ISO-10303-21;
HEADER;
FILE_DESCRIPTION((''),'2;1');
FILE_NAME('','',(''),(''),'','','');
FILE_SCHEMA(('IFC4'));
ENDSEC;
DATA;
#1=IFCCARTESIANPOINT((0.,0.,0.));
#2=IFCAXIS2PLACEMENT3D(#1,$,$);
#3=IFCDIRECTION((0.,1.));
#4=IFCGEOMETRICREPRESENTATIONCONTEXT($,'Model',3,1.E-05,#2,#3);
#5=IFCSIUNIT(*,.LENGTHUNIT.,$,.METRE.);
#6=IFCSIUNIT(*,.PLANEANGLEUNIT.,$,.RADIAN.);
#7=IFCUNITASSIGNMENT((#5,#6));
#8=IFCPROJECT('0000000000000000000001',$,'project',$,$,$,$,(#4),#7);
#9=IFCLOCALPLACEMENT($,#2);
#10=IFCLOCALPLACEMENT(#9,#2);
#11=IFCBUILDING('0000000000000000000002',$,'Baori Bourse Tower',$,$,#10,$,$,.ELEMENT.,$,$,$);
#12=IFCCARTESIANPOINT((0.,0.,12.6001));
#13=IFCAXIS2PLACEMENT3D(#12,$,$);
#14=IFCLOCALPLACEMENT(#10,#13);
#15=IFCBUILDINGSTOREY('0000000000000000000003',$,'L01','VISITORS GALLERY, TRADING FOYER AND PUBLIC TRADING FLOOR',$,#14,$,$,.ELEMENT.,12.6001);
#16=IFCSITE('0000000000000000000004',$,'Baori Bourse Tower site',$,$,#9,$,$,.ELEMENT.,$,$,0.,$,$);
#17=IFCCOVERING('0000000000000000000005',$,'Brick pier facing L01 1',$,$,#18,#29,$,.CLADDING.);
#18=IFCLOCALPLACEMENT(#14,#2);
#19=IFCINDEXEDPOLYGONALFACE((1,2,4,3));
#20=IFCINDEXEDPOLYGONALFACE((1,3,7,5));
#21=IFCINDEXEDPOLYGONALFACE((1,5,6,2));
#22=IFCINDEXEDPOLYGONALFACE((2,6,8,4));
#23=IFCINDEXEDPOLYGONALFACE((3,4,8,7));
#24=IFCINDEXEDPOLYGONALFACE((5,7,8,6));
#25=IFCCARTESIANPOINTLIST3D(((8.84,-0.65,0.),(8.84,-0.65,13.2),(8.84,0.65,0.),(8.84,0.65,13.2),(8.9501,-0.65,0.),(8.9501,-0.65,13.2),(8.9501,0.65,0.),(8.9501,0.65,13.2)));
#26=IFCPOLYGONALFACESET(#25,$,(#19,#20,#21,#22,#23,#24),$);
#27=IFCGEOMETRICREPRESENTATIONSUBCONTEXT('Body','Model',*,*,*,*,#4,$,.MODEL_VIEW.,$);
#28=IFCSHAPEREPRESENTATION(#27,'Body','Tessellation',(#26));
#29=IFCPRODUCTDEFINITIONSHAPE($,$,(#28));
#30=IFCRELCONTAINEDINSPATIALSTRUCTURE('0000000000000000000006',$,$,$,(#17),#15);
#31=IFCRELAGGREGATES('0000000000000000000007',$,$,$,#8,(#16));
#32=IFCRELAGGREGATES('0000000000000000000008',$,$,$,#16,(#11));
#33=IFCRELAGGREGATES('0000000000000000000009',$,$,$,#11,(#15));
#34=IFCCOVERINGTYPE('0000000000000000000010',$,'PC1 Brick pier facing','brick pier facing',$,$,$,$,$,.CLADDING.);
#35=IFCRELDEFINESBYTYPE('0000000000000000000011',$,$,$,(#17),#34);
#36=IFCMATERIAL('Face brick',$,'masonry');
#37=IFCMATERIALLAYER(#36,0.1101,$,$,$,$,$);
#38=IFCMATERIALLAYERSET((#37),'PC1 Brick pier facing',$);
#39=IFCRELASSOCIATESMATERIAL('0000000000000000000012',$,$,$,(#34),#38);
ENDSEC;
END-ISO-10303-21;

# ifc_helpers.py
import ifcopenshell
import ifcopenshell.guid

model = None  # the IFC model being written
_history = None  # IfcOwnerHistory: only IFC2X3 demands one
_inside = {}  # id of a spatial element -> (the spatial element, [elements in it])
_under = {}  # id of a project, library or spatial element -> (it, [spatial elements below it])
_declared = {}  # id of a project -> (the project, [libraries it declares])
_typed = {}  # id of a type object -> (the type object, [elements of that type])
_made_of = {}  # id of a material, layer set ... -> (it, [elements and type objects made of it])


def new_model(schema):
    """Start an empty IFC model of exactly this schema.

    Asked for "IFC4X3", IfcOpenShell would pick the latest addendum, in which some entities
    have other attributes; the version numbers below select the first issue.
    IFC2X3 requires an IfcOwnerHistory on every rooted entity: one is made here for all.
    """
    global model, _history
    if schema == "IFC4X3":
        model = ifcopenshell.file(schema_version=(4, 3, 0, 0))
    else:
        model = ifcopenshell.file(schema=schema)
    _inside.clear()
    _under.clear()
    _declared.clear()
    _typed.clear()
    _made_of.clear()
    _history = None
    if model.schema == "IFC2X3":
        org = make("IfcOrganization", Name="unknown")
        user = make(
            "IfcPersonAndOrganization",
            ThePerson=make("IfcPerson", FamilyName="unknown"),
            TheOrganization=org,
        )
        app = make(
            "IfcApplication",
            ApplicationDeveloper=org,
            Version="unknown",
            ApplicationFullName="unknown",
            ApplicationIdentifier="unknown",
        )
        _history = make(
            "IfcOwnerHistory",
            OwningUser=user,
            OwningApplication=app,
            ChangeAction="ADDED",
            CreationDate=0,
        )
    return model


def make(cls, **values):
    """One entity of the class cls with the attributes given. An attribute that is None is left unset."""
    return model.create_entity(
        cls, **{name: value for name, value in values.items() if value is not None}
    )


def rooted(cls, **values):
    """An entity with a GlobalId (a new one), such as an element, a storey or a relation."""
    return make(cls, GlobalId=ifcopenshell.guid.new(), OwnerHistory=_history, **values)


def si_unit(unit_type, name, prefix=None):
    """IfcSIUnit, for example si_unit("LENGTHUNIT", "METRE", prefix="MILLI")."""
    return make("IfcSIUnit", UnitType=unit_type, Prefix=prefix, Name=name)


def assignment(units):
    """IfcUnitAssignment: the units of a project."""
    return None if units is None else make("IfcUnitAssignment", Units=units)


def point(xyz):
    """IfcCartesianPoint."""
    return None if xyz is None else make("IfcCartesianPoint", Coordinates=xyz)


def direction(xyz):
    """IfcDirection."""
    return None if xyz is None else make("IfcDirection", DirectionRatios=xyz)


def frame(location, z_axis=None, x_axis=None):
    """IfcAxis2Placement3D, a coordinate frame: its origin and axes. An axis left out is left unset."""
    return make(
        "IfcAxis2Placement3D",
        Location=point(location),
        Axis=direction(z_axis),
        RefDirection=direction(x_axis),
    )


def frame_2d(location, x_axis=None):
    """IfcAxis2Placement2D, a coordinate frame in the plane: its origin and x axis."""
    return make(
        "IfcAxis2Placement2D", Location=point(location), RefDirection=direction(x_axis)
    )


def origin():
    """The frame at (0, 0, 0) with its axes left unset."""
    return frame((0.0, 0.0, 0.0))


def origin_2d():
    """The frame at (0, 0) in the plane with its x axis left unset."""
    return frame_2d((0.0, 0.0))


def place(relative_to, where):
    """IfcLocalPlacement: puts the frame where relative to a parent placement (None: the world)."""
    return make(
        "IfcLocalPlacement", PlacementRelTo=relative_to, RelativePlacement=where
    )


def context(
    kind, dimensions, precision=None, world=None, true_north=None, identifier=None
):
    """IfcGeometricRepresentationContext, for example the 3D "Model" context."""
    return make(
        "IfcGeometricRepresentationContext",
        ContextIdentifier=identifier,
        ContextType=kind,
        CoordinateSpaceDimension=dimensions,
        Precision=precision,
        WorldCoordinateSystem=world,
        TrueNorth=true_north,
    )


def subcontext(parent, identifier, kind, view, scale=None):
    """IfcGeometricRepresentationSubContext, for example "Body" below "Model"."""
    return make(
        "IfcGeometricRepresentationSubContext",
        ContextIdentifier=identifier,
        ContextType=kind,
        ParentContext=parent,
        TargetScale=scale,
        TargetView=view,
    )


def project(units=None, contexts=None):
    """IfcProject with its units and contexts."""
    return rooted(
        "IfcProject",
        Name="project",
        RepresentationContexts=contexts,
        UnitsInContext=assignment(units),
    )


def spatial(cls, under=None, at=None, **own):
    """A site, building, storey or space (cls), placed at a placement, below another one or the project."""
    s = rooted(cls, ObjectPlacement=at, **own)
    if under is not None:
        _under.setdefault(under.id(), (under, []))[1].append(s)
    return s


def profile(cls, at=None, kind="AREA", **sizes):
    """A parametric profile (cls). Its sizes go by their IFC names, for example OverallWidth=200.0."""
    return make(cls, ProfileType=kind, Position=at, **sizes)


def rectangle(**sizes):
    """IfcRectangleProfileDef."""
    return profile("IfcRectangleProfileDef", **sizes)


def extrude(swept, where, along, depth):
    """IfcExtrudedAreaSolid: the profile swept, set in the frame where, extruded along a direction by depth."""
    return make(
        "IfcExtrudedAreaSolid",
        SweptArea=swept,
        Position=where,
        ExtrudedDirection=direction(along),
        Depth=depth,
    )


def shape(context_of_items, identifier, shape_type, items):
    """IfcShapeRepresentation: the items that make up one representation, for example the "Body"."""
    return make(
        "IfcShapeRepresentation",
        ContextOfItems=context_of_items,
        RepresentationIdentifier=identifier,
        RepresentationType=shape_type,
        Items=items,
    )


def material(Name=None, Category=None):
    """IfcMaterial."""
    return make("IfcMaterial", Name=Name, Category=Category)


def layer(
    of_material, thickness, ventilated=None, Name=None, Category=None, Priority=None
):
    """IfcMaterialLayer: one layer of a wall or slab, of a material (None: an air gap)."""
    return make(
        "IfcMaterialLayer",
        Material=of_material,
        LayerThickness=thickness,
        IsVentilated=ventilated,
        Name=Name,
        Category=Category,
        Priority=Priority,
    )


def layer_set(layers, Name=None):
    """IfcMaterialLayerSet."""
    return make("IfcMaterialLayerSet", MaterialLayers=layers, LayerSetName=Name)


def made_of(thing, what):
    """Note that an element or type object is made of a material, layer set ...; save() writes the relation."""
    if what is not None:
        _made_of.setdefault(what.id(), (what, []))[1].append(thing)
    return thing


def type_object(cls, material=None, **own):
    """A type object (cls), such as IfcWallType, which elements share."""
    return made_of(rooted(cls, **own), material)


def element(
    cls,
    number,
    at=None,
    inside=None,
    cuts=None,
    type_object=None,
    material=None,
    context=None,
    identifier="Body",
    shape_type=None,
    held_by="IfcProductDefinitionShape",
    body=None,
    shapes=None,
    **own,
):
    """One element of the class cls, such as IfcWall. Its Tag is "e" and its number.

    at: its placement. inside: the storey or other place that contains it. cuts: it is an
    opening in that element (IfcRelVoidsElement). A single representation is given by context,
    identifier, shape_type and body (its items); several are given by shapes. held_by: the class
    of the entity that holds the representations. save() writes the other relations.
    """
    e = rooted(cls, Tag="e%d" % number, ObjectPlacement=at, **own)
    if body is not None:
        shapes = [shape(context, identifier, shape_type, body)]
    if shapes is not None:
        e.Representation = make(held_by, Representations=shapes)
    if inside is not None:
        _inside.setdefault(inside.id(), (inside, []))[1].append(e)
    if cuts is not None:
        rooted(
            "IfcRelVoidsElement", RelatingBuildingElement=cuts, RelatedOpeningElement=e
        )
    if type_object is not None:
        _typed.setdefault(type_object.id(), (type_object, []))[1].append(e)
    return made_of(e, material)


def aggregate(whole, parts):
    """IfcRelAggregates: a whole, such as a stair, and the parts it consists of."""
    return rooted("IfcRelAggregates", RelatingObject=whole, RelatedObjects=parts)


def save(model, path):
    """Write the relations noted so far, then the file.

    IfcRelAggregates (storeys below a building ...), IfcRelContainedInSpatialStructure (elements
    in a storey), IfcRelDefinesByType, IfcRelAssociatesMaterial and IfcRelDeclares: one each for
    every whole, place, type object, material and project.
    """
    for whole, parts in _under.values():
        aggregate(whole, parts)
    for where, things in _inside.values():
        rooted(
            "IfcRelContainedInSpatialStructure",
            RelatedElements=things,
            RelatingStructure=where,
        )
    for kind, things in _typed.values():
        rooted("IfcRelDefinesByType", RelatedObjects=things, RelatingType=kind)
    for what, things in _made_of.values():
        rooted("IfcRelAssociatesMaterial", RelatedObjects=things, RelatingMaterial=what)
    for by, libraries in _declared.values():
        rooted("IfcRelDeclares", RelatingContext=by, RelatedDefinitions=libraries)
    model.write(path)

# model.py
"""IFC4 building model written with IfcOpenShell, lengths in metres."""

from ifc_helpers import new_model, si_unit, direction, frame, origin, origin_2d, place, context, subcontext, project, spatial, rectangle, extrude, material, layer, layer_set, type_object, element, save


model = new_model("IFC4")

# Units and contexts
model_context = context("Model", 3, precision=1e-05, world=origin(), true_north=direction((0.0, 1.0)))
body_context = subcontext(model_context, "Body", "Model", "MODEL_VIEW")
ifc_project = project(units=[si_unit("LENGTHUNIT", "METRE"), si_unit("PLANEANGLEUNIT", "RADIAN")], contexts=[model_context])

# Site, building, storey
site_placement = place(None, origin())
site = spatial("IfcSite", under=ifc_project, at=site_placement, Name="Baori Bourse Tower site", CompositionType="ELEMENT", RefElevation=0.0)
building_placement = place(site_placement, origin())
building = spatial("IfcBuilding", under=site, at=building_placement, Name="Baori Bourse Tower", CompositionType="ELEMENT")
storey_placement = place(building_placement, frame((0.0, 0.0, 12.6001)))
storey = spatial("IfcBuildingStorey", under=building, at=storey_placement, Name="L01", Description="VISITORS GALLERY, TRADING FOYER AND PUBLIC TRADING FLOOR", CompositionType="ELEMENT", Elevation=12.6001)

# Covering
ifc_material_1 = material(Name="Face brick", Category="masonry")
ifc_layer_1 = layer(ifc_material_1, 0.1101)
ifc_layer_set_1 = layer_set([ifc_layer_1], Name="PC1 Brick pier facing")
covering_type_1 = type_object("IfcCoveringType", Name="PC1 Brick pier facing", Description="brick pier facing", PredefinedType="CLADDING", material=ifc_layer_set_1)
covering_1_placement = place(storey_placement, frame((8.895, 0.0, 0.0), z_axis=(0.0, 0.0, 1.0), x_axis=(1.0, 0.0, 0.0)))
element("IfcCovering", 1, at=covering_1_placement, inside=storey, type_object=covering_type_1, Name="Brick pier facing L01 1", PredefinedType="CLADDING", context=body_context, shape_type="SweptSolid", body=[
    extrude(rectangle(XDim=0.1101, YDim=1.3, at=origin_2d()), origin(), (0.0, 0.0, 1.0), 13.2),
])

save(model, "model.ifc")
